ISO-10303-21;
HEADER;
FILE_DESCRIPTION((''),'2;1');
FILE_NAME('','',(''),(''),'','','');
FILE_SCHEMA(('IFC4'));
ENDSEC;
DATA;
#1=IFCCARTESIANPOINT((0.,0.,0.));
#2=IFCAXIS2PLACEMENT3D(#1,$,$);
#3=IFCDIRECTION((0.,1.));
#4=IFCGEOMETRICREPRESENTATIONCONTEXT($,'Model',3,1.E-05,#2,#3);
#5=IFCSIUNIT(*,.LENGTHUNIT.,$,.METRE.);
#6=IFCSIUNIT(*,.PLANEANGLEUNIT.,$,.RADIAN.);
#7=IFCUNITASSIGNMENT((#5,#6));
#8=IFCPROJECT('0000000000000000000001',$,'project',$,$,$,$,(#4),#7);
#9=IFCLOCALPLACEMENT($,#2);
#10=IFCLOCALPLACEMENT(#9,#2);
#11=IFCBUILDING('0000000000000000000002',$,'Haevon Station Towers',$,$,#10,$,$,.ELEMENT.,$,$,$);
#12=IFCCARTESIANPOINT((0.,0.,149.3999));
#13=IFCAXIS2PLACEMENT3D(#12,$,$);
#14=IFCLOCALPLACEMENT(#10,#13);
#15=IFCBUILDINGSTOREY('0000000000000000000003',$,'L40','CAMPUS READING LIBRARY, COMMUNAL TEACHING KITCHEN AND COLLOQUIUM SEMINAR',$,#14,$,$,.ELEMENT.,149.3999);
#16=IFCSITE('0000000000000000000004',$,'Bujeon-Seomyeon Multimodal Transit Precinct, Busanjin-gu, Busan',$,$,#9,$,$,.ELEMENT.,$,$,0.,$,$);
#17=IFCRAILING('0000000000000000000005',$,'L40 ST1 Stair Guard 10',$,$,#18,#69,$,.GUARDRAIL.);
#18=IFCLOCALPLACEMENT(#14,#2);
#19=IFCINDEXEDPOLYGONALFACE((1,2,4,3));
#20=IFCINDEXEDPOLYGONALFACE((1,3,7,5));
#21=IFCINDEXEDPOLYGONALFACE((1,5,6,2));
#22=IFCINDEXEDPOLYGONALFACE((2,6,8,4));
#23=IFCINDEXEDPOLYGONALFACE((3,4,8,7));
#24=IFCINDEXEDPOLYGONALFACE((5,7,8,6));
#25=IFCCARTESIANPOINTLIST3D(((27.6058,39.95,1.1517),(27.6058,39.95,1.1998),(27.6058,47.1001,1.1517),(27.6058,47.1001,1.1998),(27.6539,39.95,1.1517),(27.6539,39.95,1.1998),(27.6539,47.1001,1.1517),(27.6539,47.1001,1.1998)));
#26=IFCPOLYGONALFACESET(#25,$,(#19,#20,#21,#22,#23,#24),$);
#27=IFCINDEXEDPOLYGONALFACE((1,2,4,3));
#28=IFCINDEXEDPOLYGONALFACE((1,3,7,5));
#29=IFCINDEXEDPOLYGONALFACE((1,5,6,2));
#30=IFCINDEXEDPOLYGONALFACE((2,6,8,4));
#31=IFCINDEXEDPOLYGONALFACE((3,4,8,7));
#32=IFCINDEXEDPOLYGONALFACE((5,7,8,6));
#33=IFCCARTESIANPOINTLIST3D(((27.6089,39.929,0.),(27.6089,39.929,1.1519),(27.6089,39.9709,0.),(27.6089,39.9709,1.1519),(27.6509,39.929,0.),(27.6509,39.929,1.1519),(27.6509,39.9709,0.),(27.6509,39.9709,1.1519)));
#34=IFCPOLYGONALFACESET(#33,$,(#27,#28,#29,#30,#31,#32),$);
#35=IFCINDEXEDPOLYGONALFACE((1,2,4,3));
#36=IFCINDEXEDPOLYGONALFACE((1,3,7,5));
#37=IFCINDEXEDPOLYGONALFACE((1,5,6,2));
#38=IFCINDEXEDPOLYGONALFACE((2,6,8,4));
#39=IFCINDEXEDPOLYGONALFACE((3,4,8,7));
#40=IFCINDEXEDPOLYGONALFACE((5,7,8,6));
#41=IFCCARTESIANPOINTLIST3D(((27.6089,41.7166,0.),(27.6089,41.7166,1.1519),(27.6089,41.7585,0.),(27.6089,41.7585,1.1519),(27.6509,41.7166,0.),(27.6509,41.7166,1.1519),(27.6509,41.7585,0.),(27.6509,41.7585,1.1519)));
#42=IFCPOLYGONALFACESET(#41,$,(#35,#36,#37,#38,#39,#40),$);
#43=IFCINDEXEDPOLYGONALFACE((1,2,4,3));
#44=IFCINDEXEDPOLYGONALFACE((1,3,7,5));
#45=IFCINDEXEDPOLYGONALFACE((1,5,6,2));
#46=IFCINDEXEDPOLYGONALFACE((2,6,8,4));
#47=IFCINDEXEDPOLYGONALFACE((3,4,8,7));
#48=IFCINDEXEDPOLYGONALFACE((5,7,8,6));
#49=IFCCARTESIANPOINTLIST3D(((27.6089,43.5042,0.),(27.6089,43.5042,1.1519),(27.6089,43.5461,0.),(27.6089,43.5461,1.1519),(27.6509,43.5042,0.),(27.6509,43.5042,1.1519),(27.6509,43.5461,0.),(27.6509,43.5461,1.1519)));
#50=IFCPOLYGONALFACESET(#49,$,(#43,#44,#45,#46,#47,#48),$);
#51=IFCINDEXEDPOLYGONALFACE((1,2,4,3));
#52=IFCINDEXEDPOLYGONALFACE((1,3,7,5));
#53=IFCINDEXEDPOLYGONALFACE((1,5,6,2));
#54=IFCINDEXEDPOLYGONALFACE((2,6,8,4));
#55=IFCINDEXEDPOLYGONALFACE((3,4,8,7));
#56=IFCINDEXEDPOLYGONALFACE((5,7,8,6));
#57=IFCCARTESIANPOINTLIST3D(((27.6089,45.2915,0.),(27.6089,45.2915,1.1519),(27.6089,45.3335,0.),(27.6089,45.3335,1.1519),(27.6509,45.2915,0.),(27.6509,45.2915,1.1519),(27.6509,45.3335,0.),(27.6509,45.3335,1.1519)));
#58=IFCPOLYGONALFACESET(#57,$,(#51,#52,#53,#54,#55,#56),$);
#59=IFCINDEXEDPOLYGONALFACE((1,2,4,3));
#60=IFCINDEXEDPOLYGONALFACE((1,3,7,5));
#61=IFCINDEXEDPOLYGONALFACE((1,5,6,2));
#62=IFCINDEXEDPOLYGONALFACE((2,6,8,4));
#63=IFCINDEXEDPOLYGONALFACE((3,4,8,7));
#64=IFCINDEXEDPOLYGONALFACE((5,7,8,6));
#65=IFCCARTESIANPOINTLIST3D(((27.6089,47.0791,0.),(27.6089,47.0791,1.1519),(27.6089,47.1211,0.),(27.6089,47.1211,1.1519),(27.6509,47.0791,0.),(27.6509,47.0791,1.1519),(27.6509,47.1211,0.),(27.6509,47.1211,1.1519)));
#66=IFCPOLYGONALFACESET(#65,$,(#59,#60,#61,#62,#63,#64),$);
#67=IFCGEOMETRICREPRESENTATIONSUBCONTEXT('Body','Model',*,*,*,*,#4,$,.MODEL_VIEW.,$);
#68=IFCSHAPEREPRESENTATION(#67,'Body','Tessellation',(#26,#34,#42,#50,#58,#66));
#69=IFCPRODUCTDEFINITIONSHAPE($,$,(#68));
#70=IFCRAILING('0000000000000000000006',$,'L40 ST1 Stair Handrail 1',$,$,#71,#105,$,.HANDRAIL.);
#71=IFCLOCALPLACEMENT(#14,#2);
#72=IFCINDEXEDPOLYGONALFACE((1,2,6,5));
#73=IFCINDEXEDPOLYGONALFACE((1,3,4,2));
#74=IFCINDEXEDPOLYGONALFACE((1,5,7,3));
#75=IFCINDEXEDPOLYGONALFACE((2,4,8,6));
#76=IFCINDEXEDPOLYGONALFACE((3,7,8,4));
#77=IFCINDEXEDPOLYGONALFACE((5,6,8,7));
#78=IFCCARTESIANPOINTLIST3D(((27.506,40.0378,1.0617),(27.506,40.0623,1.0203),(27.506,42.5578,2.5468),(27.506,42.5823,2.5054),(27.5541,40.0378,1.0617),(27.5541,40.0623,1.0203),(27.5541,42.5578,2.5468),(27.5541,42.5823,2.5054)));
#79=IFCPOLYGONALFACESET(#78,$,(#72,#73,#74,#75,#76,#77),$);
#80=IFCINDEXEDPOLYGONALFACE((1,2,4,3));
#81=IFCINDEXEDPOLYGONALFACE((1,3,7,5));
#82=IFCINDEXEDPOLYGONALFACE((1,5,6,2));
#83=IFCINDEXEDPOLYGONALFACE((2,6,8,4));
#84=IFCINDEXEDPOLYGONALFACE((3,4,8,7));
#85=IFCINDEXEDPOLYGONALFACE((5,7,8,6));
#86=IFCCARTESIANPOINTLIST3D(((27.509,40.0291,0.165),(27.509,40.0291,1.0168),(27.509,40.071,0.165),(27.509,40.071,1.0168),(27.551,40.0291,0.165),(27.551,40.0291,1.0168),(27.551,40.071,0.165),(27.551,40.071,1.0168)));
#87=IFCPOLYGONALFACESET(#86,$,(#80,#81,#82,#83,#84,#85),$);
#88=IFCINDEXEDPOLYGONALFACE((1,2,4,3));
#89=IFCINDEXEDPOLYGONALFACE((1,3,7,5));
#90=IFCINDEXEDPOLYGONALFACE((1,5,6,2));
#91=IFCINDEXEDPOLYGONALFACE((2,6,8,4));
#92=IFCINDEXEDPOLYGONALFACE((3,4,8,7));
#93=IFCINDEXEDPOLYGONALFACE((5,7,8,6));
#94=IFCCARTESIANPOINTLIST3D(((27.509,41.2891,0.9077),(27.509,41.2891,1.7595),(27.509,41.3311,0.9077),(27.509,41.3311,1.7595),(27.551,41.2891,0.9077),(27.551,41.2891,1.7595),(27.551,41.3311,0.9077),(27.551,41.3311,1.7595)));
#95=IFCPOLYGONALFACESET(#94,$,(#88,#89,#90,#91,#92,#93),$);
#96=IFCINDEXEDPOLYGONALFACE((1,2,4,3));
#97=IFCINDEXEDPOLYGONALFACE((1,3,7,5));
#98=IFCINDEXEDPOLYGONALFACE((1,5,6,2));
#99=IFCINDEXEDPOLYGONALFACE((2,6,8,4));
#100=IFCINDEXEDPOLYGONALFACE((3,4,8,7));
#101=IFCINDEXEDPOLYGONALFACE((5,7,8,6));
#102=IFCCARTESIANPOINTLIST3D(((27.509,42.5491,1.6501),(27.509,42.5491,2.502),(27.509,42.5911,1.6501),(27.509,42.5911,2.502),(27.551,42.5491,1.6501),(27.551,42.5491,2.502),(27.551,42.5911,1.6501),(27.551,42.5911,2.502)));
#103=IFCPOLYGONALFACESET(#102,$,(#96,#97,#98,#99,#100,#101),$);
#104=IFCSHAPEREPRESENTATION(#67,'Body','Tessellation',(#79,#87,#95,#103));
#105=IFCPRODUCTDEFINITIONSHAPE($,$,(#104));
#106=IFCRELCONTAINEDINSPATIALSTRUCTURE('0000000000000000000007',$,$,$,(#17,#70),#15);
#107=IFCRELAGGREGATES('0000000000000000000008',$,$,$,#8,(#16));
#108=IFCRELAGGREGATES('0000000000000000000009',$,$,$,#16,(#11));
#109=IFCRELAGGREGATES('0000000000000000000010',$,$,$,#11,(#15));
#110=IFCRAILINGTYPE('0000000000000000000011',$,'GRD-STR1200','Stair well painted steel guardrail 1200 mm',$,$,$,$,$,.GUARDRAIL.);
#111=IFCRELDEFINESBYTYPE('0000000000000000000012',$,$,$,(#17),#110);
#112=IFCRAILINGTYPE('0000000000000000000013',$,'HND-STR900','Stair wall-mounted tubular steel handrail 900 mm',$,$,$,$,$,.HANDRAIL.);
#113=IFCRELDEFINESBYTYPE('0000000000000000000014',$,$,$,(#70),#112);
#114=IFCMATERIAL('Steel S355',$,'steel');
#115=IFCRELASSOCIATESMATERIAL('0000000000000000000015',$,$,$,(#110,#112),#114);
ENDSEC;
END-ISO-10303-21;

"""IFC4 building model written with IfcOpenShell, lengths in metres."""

from ifc_helpers import new_model, si_unit, direction, frame, origin, origin_2d, place, context, subcontext, project, spatial, rectangle, extrude, material, type_object, element, save


model = new_model("IFC4")

# Units and contexts
model_context = context("Model", 3, precision=1e-05, world=origin(), true_north=direction((0.0, 1.0)))
body_context = subcontext(model_context, "Body", "Model", "MODEL_VIEW")
ifc_project = project(units=[si_unit("LENGTHUNIT", "METRE"), si_unit("PLANEANGLEUNIT", "RADIAN")], contexts=[model_context])

# Site, building, storey
site_placement = place(None, origin())
site = spatial("IfcSite", under=ifc_project, at=site_placement, Name="Bujeon-Seomyeon Multimodal Transit Precinct, Busanjin-gu, Busan", CompositionType="ELEMENT", RefElevation=0.0)
building_placement = place(site_placement, origin())
building = spatial("IfcBuilding", under=site, at=building_placement, Name="Haevon Station Towers", CompositionType="ELEMENT")
storey_placement = place(building_placement, frame((0.0, 0.0, 149.3999)))
storey = spatial("IfcBuildingStorey", under=building, at=storey_placement, Name="L40", Description="CAMPUS READING LIBRARY, COMMUNAL TEACHING KITCHEN AND COLLOQUIUM SEMINAR", CompositionType="ELEMENT", Elevation=149.3999)

# Shared definitions
ifc_material_1 = material(Name="Steel S355", Category="steel")

# Railings
railing_type_1 = type_object("IfcRailingType", Name="GRD-STR1200", Description="Stair well painted steel guardrail 1200 mm", PredefinedType="GUARDRAIL", material=ifc_material_1)
railing_1_placement = place(storey_placement, frame((27.6299, 39.95, 0.0)))
element("IfcRailing", 1, at=railing_1_placement, inside=storey, type_object=railing_type_1, Name="L40 ST1 Stair Guard 10", PredefinedType="GUARDRAIL", context=body_context, shape_type="SweptSolid", body=[
    extrude(rectangle(XDim=0.0481, YDim=0.0481, at=origin_2d()), frame((0.0, 0.0, 1.1758), z_axis=(0.0, 1.0, 0.0), x_axis=(-1.0, 0.0, 0.0)), (0.0, 0.0, 1.0), 7.1501),
    extrude(rectangle(XDim=0.042, YDim=0.042, at=origin_2d()), origin(), (0.0, 0.0, 1.0), 1.1519),
    extrude(rectangle(XDim=0.042, YDim=0.042, at=origin_2d()), frame((0.0, 1.7876, 0.0)), (0.0, 0.0, 1.0), 1.1519),
    extrude(rectangle(XDim=0.042, YDim=0.042, at=origin_2d()), frame((0.0, 3.5752, 0.0)), (0.0, 0.0, 1.0), 1.1519),
    extrude(rectangle(XDim=0.042, YDim=0.042, at=origin_2d()), frame((0.0, 5.3625, 0.0)), (0.0, 0.0, 1.0), 1.1519),
    extrude(rectangle(XDim=0.042, YDim=0.042, at=origin_2d()), frame((0.0, 7.1501, 0.0)), (0.0, 0.0, 1.0), 1.1519),
])
railing_type_2 = type_object("IfcRailingType", Name="HND-STR900", Description="Stair wall-mounted tubular steel handrail 900 mm", PredefinedType="HANDRAIL", material=ifc_material_1)
railing_2_placement = place(storey_placement, frame((27.53, 40.05, 0.165)))
element("IfcRailing", 2, at=railing_2_placement, inside=storey, type_object=railing_type_2, Name="L40 ST1 Stair Handrail 1", PredefinedType="HANDRAIL", context=body_context, shape_type="SweptSolid", body=[
    extrude(rectangle(XDim=0.0481, YDim=0.0481, at=origin_2d()), frame((0.0, 0.0, 0.876), z_axis=(0.0, 0.861524, 0.507717), x_axis=(-1.0, 0.0, 0.0)), (0.0, 0.0, 1.0), 2.925),
    extrude(rectangle(XDim=0.042, YDim=0.042, at=origin_2d()), origin(), (0.0, 0.0, 1.0), 0.8518),
    extrude(rectangle(XDim=0.042, YDim=0.042, at=origin_2d()), frame((0.0, 1.26, 0.7427)), (0.0, 0.0, 1.0), 0.8518),
    extrude(rectangle(XDim=0.042, YDim=0.042, at=origin_2d()), frame((0.0, 2.52, 1.4851)), (0.0, 0.0, 1.0), 0.8518),
])

save(model, "model.ifc")
